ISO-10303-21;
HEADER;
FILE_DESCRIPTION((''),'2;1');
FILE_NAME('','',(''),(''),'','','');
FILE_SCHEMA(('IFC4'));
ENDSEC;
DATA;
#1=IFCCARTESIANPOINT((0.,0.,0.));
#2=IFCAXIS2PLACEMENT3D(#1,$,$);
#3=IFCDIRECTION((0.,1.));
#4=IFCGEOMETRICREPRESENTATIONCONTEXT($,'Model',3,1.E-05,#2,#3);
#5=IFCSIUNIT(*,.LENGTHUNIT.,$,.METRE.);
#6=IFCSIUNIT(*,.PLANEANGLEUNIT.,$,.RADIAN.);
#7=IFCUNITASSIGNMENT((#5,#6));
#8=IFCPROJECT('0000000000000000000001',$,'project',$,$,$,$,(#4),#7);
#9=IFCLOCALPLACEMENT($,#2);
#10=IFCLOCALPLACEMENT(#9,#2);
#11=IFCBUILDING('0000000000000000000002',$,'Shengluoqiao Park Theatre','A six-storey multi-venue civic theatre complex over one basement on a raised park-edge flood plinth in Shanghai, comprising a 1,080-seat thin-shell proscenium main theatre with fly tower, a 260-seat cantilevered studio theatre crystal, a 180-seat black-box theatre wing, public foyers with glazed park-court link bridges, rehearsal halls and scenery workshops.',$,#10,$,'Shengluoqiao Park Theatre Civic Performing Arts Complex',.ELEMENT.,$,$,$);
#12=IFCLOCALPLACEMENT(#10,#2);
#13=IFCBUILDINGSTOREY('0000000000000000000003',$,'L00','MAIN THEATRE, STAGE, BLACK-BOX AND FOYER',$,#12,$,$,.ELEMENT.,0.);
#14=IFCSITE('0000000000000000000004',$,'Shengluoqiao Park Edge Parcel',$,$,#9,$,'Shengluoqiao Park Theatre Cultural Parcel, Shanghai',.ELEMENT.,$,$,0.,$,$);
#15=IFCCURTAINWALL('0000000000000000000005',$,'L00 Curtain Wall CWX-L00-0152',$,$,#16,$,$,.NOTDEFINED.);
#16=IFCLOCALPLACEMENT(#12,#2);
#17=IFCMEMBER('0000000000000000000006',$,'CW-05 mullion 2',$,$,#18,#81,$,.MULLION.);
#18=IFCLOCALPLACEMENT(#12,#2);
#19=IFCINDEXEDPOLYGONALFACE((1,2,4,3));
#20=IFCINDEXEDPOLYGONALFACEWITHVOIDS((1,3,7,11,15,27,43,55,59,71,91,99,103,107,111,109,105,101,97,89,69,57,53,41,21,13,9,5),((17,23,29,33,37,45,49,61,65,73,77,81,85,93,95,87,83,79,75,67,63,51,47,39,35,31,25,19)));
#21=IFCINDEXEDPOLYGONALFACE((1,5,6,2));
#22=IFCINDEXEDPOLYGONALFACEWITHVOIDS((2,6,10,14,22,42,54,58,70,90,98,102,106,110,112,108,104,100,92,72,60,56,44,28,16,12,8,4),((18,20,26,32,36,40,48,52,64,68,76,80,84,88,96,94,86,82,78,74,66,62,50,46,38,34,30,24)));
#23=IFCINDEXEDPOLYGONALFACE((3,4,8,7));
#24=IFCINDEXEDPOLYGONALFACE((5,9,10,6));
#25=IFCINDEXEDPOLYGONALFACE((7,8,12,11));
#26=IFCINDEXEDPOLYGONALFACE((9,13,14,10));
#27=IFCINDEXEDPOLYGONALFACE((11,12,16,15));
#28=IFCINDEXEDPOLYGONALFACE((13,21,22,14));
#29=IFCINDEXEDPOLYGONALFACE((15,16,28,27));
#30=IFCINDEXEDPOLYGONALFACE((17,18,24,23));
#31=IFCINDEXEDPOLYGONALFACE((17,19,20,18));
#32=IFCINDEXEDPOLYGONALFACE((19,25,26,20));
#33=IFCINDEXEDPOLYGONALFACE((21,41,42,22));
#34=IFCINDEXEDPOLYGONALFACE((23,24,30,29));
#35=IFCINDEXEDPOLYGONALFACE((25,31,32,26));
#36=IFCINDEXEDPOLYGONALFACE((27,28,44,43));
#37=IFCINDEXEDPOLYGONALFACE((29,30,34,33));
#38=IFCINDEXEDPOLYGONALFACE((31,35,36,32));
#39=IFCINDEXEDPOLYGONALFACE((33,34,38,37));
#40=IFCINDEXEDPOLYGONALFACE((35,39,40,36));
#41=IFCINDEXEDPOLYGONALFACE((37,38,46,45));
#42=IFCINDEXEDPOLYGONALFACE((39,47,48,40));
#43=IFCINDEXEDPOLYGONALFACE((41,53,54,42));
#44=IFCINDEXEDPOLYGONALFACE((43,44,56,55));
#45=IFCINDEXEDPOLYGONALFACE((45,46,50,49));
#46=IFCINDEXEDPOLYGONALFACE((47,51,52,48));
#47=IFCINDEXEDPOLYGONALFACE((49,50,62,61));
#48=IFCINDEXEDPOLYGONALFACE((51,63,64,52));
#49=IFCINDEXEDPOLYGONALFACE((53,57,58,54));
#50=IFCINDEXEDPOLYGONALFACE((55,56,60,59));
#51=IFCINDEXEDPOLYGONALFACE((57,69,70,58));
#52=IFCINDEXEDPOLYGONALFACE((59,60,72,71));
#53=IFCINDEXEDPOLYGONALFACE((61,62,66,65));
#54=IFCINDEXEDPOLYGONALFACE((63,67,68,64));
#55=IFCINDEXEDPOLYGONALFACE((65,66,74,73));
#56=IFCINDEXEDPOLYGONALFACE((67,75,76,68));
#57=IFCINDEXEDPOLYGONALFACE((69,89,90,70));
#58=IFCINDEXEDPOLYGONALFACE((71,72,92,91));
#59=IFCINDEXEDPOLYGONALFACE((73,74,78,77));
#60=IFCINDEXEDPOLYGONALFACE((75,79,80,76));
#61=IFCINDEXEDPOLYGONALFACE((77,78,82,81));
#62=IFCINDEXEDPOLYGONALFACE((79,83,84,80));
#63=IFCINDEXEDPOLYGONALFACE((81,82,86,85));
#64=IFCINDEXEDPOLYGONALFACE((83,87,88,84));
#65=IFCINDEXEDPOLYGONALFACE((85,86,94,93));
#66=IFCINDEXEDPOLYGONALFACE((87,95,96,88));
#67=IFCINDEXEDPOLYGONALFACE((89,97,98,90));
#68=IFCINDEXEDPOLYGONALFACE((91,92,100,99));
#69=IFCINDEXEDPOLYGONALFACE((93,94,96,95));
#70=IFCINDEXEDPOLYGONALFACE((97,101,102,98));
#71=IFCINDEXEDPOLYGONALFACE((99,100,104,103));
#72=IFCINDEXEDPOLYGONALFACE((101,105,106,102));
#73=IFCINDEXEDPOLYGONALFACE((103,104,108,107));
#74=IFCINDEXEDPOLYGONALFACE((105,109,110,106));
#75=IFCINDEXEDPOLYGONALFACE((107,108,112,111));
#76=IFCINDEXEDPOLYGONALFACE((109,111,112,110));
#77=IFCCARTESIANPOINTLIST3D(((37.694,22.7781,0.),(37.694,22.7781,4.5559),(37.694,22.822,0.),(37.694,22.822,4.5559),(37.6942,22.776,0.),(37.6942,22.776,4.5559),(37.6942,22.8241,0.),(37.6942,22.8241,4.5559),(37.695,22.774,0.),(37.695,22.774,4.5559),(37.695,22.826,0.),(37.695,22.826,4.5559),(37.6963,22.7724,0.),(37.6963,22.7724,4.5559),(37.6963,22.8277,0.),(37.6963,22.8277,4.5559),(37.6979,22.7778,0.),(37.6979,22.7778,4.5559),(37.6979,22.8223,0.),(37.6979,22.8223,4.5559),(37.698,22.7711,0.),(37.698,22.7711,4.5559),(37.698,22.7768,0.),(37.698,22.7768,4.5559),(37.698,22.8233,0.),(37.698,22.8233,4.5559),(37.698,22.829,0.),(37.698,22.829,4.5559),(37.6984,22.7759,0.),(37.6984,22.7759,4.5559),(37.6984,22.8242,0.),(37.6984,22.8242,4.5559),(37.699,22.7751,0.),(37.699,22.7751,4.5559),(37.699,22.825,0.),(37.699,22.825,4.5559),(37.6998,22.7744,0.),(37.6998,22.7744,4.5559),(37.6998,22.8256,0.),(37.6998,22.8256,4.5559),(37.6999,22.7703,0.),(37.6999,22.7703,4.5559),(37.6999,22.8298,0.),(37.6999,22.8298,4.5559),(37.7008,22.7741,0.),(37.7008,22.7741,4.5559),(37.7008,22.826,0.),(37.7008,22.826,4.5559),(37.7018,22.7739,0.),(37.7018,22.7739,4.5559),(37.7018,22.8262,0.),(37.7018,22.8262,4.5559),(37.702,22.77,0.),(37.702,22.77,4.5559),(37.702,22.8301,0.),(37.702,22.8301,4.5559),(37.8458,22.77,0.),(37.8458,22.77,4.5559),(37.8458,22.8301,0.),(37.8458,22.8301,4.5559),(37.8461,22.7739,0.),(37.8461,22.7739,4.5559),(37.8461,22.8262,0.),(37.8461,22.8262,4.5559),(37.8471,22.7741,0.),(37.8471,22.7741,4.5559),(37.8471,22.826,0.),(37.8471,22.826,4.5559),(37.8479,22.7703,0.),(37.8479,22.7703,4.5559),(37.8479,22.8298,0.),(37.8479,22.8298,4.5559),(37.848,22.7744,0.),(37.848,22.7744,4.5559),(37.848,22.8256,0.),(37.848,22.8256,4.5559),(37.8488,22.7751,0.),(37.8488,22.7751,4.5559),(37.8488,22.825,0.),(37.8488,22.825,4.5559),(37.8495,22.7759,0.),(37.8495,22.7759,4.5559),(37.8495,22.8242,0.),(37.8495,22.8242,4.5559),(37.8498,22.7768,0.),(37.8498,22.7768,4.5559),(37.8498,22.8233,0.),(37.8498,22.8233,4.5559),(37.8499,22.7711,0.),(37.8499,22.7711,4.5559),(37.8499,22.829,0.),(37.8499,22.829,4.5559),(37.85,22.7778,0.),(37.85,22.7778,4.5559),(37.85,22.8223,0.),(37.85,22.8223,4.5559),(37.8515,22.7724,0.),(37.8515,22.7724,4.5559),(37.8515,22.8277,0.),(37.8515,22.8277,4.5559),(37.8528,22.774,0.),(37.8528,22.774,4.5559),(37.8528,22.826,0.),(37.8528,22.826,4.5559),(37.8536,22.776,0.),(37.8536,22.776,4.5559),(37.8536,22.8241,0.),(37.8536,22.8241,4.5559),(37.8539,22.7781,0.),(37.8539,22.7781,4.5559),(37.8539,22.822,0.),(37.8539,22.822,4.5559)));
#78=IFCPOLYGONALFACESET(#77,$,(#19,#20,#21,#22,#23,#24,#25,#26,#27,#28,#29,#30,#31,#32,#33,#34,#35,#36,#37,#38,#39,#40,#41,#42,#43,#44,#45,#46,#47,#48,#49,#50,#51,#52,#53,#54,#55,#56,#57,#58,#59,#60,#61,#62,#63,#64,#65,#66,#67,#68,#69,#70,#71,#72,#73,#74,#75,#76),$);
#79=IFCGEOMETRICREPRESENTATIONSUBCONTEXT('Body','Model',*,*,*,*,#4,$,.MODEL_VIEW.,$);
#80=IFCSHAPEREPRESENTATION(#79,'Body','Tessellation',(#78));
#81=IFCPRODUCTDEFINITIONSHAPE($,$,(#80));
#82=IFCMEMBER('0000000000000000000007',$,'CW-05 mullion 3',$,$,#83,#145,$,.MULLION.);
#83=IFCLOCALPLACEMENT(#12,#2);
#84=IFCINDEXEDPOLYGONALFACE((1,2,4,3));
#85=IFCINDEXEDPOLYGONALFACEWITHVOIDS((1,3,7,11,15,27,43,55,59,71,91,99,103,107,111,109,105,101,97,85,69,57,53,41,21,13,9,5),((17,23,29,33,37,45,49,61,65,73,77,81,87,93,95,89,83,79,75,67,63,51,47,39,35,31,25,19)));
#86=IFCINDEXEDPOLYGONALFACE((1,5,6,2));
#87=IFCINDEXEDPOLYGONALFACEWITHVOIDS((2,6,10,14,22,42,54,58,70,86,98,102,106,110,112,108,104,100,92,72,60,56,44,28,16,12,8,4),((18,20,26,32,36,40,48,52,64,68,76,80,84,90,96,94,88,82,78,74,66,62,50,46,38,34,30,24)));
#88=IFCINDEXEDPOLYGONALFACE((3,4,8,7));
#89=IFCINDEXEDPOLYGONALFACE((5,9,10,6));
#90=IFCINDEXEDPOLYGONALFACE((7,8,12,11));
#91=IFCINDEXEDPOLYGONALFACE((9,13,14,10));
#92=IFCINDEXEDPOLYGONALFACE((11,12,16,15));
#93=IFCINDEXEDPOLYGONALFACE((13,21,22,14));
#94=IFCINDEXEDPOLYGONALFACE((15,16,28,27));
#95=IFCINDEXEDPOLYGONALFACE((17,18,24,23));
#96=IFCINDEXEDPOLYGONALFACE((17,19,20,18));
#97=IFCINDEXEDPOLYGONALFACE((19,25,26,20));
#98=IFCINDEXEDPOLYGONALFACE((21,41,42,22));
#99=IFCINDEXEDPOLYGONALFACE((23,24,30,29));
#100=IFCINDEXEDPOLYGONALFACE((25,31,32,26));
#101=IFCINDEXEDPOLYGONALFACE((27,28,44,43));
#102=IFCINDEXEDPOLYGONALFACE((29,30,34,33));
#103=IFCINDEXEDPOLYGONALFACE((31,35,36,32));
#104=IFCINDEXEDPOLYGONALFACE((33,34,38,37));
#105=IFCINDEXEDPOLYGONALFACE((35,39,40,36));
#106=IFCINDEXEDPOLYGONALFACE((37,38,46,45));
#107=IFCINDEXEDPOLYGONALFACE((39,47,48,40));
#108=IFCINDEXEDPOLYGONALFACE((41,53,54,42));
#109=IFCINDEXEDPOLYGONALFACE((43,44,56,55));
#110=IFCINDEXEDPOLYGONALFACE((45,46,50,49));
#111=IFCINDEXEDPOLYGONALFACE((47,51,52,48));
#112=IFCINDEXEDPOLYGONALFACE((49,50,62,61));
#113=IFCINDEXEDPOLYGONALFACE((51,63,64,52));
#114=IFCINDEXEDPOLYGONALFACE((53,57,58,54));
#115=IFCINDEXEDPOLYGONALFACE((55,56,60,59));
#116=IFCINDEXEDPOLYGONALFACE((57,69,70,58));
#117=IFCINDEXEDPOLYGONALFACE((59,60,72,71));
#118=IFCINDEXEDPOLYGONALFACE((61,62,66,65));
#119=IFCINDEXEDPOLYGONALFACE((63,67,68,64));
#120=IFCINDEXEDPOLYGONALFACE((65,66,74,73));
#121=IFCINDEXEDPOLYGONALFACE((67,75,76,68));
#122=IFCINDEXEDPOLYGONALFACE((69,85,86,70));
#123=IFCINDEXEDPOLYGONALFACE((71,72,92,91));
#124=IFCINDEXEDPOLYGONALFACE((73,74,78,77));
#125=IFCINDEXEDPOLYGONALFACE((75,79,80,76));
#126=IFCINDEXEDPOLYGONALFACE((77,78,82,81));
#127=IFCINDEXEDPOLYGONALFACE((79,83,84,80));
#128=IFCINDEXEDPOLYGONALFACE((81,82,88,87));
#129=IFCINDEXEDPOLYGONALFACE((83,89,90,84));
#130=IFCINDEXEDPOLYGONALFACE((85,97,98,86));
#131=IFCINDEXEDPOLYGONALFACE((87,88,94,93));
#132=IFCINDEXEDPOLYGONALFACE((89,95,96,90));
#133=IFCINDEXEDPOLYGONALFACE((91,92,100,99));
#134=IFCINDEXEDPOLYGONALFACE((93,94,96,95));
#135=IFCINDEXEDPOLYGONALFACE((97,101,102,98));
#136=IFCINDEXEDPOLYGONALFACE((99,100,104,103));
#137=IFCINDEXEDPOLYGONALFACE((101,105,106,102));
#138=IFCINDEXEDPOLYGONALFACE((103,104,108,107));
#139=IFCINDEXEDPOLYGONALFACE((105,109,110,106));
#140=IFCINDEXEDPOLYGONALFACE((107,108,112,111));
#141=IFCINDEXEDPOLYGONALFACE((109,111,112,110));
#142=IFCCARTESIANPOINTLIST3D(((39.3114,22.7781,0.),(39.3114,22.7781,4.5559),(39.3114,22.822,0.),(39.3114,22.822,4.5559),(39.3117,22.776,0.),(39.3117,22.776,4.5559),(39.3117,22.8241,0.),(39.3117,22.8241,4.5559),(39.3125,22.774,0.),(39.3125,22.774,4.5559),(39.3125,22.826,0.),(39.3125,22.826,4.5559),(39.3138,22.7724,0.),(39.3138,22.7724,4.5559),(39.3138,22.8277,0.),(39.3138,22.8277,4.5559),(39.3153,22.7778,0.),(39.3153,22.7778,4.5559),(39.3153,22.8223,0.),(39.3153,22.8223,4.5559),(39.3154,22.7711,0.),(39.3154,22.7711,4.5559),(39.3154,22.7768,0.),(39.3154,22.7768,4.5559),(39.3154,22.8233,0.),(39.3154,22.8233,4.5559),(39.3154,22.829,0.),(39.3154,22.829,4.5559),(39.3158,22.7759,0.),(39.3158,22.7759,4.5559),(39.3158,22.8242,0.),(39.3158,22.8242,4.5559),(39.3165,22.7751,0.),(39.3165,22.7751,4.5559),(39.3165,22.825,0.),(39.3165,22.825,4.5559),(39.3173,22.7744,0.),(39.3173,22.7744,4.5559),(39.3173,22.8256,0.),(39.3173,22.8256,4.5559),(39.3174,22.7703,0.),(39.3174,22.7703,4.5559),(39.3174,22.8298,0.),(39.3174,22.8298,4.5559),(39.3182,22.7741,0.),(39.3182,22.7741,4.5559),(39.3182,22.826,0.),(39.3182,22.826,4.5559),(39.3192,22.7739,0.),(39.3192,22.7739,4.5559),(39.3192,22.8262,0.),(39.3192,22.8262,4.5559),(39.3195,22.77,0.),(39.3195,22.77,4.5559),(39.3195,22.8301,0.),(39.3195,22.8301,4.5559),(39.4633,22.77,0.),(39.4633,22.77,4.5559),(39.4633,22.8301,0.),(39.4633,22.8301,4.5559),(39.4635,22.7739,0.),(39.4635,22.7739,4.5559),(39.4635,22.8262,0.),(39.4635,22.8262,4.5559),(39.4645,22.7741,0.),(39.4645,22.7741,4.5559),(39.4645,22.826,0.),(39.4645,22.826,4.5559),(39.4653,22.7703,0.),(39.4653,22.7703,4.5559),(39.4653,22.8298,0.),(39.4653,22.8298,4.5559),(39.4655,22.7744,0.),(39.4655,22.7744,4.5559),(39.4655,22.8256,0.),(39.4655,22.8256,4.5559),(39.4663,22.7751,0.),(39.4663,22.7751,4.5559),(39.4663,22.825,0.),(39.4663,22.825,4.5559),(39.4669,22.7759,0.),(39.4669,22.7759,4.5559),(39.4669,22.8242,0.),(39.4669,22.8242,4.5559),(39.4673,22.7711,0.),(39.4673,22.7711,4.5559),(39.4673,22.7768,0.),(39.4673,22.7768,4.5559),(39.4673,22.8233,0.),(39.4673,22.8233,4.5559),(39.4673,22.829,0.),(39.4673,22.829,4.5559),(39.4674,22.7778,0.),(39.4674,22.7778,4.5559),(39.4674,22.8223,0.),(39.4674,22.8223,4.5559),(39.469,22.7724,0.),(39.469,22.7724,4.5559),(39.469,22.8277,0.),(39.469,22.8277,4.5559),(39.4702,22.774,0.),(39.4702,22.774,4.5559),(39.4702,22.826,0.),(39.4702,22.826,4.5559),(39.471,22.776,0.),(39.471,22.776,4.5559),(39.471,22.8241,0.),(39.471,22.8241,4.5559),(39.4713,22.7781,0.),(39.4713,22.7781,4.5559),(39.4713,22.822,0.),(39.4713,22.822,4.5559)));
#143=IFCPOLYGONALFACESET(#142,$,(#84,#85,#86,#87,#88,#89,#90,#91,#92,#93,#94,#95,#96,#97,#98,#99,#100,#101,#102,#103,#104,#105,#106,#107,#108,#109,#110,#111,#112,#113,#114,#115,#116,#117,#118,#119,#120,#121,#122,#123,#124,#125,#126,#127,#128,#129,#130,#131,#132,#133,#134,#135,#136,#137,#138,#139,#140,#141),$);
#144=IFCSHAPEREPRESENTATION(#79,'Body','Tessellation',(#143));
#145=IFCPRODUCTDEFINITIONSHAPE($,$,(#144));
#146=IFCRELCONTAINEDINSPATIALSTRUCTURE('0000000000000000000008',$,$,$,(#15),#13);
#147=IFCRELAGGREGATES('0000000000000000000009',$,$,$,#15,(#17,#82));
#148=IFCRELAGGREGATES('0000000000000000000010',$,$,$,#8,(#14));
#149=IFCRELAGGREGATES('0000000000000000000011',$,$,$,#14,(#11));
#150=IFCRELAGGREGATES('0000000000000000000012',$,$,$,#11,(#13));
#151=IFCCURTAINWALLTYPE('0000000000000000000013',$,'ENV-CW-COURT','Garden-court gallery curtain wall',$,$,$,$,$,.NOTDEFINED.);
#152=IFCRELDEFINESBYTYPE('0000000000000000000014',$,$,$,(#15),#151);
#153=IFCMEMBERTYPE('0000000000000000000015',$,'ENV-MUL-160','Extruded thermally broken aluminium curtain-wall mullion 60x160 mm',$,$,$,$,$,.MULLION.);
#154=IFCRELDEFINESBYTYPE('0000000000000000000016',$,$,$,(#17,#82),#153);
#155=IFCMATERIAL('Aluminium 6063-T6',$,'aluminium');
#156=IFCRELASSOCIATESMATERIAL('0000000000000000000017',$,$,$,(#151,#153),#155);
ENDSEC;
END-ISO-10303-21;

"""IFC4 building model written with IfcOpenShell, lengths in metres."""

from ifc_helpers import new_model, si_unit, direction, frame, origin, origin_2d, place, context, subcontext, project, spatial, hollow_rectangle, extrude, material, material_profile, profile_set, type_object, element, aggregate, save


model = new_model("IFC4")

# Units and contexts
model_context = context("Model", 3, precision=1e-05, world=origin(), true_north=direction((0.0, 1.0)))
body_context = subcontext(model_context, "Body", "Model", "MODEL_VIEW")
ifc_project = project(units=[si_unit("LENGTHUNIT", "METRE"), si_unit("PLANEANGLEUNIT", "RADIAN")], contexts=[model_context])

# Site, building, storey
site_placement = place(None, origin())
site = spatial("IfcSite", under=ifc_project, at=site_placement, Name="Shengluoqiao Park Edge Parcel", LongName="Shengluoqiao Park Theatre Cultural Parcel, Shanghai", CompositionType="ELEMENT", RefElevation=0.0)
building_placement = place(site_placement, origin())
building = spatial("IfcBuilding", under=site, at=building_placement, Name="Shengluoqiao Park Theatre", Description="A six-storey multi-venue civic theatre complex over one basement on a raised park-edge flood plinth in Shanghai, comprising a 1,080-seat thin-shell proscenium main theatre with fly tower, a 260-seat cantilevered studio theatre crystal, a 180-seat black-box theatre wing, public foyers with glazed park-court link bridges, rehearsal halls and scenery workshops.", LongName="Shengluoqiao Park Theatre Civic Performing Arts Complex", CompositionType="ELEMENT")
storey_placement = place(building_placement, origin())
storey = spatial("IfcBuildingStorey", under=building, at=storey_placement, Name="L00", Description="MAIN THEATRE, STAGE, BLACK-BOX AND FOYER", CompositionType="ELEMENT", Elevation=0.0)

# Curtain wall, members
ifc_material_1 = material(Name="Aluminium 6063-T6", Category="aluminium")
curtain_wall_type = type_object("IfcCurtainWallType", Name="ENV-CW-COURT", Description="Garden-court gallery curtain wall", PredefinedType="NOTDEFINED", material=ifc_material_1)
curtain_wall_1_placement = place(storey_placement, origin())
curtain_wall_1 = element("IfcCurtainWall", 1, at=curtain_wall_1_placement, inside=storey, type_object=curtain_wall_type, Name="L00 Curtain Wall CWX-L00-0152", PredefinedType="NOTDEFINED")
ifc_material_profile_1 = material_profile(ifc_material_1, hollow_rectangle(XDim=0.0601, YDim=0.1599, WallThickness=0.0039, InnerFilletRadius=0.0039, OuterFilletRadius=0.0081, at=origin_2d()), Name="ALU MULLION 160x60x4")
ifc_profile_set_1 = profile_set([ifc_material_profile_1], Name="Aluminium 6063-T6")
member_type_1 = type_object("IfcMemberType", Name="ENV-MUL-160", Description="Extruded thermally broken aluminium curtain-wall mullion 60x160 mm", PredefinedType="MULLION", material=ifc_profile_set_1)
member_1_placement = place(storey_placement, frame((37.7739, 22.8, 0.0), z_axis=(0.0, 0.0, 1.0), x_axis=(0.0, 1.0, 0.0)))
member_1 = element("IfcMember", 2, at=member_1_placement, type_object=member_type_1, Name="CW-05 mullion 2", PredefinedType="MULLION", context=body_context, shape_type="SweptSolid", body=[
    extrude(hollow_rectangle(XDim=0.0601, YDim=0.1599, WallThickness=0.0039, InnerFilletRadius=0.0039, OuterFilletRadius=0.0081, at=origin_2d()), origin(), (0.0, 0.0, 1.0), 4.5559),
])
member_2_placement = place(storey_placement, frame((39.3914, 22.8, 0.0), z_axis=(0.0, 0.0, 1.0), x_axis=(0.0, 1.0, 0.0)))
member_2 = element("IfcMember", 3, at=member_2_placement, type_object=member_type_1, Name="CW-05 mullion 3", PredefinedType="MULLION", context=body_context, shape_type="SweptSolid", body=[
    extrude(hollow_rectangle(XDim=0.0601, YDim=0.1599, WallThickness=0.0039, InnerFilletRadius=0.0039, OuterFilletRadius=0.0081, at=origin_2d()), origin(), (0.0, 0.0, 1.0), 4.5559),
])

aggregate(curtain_wall_1, [member_1, member_2])

save(model, "model.ifc")
